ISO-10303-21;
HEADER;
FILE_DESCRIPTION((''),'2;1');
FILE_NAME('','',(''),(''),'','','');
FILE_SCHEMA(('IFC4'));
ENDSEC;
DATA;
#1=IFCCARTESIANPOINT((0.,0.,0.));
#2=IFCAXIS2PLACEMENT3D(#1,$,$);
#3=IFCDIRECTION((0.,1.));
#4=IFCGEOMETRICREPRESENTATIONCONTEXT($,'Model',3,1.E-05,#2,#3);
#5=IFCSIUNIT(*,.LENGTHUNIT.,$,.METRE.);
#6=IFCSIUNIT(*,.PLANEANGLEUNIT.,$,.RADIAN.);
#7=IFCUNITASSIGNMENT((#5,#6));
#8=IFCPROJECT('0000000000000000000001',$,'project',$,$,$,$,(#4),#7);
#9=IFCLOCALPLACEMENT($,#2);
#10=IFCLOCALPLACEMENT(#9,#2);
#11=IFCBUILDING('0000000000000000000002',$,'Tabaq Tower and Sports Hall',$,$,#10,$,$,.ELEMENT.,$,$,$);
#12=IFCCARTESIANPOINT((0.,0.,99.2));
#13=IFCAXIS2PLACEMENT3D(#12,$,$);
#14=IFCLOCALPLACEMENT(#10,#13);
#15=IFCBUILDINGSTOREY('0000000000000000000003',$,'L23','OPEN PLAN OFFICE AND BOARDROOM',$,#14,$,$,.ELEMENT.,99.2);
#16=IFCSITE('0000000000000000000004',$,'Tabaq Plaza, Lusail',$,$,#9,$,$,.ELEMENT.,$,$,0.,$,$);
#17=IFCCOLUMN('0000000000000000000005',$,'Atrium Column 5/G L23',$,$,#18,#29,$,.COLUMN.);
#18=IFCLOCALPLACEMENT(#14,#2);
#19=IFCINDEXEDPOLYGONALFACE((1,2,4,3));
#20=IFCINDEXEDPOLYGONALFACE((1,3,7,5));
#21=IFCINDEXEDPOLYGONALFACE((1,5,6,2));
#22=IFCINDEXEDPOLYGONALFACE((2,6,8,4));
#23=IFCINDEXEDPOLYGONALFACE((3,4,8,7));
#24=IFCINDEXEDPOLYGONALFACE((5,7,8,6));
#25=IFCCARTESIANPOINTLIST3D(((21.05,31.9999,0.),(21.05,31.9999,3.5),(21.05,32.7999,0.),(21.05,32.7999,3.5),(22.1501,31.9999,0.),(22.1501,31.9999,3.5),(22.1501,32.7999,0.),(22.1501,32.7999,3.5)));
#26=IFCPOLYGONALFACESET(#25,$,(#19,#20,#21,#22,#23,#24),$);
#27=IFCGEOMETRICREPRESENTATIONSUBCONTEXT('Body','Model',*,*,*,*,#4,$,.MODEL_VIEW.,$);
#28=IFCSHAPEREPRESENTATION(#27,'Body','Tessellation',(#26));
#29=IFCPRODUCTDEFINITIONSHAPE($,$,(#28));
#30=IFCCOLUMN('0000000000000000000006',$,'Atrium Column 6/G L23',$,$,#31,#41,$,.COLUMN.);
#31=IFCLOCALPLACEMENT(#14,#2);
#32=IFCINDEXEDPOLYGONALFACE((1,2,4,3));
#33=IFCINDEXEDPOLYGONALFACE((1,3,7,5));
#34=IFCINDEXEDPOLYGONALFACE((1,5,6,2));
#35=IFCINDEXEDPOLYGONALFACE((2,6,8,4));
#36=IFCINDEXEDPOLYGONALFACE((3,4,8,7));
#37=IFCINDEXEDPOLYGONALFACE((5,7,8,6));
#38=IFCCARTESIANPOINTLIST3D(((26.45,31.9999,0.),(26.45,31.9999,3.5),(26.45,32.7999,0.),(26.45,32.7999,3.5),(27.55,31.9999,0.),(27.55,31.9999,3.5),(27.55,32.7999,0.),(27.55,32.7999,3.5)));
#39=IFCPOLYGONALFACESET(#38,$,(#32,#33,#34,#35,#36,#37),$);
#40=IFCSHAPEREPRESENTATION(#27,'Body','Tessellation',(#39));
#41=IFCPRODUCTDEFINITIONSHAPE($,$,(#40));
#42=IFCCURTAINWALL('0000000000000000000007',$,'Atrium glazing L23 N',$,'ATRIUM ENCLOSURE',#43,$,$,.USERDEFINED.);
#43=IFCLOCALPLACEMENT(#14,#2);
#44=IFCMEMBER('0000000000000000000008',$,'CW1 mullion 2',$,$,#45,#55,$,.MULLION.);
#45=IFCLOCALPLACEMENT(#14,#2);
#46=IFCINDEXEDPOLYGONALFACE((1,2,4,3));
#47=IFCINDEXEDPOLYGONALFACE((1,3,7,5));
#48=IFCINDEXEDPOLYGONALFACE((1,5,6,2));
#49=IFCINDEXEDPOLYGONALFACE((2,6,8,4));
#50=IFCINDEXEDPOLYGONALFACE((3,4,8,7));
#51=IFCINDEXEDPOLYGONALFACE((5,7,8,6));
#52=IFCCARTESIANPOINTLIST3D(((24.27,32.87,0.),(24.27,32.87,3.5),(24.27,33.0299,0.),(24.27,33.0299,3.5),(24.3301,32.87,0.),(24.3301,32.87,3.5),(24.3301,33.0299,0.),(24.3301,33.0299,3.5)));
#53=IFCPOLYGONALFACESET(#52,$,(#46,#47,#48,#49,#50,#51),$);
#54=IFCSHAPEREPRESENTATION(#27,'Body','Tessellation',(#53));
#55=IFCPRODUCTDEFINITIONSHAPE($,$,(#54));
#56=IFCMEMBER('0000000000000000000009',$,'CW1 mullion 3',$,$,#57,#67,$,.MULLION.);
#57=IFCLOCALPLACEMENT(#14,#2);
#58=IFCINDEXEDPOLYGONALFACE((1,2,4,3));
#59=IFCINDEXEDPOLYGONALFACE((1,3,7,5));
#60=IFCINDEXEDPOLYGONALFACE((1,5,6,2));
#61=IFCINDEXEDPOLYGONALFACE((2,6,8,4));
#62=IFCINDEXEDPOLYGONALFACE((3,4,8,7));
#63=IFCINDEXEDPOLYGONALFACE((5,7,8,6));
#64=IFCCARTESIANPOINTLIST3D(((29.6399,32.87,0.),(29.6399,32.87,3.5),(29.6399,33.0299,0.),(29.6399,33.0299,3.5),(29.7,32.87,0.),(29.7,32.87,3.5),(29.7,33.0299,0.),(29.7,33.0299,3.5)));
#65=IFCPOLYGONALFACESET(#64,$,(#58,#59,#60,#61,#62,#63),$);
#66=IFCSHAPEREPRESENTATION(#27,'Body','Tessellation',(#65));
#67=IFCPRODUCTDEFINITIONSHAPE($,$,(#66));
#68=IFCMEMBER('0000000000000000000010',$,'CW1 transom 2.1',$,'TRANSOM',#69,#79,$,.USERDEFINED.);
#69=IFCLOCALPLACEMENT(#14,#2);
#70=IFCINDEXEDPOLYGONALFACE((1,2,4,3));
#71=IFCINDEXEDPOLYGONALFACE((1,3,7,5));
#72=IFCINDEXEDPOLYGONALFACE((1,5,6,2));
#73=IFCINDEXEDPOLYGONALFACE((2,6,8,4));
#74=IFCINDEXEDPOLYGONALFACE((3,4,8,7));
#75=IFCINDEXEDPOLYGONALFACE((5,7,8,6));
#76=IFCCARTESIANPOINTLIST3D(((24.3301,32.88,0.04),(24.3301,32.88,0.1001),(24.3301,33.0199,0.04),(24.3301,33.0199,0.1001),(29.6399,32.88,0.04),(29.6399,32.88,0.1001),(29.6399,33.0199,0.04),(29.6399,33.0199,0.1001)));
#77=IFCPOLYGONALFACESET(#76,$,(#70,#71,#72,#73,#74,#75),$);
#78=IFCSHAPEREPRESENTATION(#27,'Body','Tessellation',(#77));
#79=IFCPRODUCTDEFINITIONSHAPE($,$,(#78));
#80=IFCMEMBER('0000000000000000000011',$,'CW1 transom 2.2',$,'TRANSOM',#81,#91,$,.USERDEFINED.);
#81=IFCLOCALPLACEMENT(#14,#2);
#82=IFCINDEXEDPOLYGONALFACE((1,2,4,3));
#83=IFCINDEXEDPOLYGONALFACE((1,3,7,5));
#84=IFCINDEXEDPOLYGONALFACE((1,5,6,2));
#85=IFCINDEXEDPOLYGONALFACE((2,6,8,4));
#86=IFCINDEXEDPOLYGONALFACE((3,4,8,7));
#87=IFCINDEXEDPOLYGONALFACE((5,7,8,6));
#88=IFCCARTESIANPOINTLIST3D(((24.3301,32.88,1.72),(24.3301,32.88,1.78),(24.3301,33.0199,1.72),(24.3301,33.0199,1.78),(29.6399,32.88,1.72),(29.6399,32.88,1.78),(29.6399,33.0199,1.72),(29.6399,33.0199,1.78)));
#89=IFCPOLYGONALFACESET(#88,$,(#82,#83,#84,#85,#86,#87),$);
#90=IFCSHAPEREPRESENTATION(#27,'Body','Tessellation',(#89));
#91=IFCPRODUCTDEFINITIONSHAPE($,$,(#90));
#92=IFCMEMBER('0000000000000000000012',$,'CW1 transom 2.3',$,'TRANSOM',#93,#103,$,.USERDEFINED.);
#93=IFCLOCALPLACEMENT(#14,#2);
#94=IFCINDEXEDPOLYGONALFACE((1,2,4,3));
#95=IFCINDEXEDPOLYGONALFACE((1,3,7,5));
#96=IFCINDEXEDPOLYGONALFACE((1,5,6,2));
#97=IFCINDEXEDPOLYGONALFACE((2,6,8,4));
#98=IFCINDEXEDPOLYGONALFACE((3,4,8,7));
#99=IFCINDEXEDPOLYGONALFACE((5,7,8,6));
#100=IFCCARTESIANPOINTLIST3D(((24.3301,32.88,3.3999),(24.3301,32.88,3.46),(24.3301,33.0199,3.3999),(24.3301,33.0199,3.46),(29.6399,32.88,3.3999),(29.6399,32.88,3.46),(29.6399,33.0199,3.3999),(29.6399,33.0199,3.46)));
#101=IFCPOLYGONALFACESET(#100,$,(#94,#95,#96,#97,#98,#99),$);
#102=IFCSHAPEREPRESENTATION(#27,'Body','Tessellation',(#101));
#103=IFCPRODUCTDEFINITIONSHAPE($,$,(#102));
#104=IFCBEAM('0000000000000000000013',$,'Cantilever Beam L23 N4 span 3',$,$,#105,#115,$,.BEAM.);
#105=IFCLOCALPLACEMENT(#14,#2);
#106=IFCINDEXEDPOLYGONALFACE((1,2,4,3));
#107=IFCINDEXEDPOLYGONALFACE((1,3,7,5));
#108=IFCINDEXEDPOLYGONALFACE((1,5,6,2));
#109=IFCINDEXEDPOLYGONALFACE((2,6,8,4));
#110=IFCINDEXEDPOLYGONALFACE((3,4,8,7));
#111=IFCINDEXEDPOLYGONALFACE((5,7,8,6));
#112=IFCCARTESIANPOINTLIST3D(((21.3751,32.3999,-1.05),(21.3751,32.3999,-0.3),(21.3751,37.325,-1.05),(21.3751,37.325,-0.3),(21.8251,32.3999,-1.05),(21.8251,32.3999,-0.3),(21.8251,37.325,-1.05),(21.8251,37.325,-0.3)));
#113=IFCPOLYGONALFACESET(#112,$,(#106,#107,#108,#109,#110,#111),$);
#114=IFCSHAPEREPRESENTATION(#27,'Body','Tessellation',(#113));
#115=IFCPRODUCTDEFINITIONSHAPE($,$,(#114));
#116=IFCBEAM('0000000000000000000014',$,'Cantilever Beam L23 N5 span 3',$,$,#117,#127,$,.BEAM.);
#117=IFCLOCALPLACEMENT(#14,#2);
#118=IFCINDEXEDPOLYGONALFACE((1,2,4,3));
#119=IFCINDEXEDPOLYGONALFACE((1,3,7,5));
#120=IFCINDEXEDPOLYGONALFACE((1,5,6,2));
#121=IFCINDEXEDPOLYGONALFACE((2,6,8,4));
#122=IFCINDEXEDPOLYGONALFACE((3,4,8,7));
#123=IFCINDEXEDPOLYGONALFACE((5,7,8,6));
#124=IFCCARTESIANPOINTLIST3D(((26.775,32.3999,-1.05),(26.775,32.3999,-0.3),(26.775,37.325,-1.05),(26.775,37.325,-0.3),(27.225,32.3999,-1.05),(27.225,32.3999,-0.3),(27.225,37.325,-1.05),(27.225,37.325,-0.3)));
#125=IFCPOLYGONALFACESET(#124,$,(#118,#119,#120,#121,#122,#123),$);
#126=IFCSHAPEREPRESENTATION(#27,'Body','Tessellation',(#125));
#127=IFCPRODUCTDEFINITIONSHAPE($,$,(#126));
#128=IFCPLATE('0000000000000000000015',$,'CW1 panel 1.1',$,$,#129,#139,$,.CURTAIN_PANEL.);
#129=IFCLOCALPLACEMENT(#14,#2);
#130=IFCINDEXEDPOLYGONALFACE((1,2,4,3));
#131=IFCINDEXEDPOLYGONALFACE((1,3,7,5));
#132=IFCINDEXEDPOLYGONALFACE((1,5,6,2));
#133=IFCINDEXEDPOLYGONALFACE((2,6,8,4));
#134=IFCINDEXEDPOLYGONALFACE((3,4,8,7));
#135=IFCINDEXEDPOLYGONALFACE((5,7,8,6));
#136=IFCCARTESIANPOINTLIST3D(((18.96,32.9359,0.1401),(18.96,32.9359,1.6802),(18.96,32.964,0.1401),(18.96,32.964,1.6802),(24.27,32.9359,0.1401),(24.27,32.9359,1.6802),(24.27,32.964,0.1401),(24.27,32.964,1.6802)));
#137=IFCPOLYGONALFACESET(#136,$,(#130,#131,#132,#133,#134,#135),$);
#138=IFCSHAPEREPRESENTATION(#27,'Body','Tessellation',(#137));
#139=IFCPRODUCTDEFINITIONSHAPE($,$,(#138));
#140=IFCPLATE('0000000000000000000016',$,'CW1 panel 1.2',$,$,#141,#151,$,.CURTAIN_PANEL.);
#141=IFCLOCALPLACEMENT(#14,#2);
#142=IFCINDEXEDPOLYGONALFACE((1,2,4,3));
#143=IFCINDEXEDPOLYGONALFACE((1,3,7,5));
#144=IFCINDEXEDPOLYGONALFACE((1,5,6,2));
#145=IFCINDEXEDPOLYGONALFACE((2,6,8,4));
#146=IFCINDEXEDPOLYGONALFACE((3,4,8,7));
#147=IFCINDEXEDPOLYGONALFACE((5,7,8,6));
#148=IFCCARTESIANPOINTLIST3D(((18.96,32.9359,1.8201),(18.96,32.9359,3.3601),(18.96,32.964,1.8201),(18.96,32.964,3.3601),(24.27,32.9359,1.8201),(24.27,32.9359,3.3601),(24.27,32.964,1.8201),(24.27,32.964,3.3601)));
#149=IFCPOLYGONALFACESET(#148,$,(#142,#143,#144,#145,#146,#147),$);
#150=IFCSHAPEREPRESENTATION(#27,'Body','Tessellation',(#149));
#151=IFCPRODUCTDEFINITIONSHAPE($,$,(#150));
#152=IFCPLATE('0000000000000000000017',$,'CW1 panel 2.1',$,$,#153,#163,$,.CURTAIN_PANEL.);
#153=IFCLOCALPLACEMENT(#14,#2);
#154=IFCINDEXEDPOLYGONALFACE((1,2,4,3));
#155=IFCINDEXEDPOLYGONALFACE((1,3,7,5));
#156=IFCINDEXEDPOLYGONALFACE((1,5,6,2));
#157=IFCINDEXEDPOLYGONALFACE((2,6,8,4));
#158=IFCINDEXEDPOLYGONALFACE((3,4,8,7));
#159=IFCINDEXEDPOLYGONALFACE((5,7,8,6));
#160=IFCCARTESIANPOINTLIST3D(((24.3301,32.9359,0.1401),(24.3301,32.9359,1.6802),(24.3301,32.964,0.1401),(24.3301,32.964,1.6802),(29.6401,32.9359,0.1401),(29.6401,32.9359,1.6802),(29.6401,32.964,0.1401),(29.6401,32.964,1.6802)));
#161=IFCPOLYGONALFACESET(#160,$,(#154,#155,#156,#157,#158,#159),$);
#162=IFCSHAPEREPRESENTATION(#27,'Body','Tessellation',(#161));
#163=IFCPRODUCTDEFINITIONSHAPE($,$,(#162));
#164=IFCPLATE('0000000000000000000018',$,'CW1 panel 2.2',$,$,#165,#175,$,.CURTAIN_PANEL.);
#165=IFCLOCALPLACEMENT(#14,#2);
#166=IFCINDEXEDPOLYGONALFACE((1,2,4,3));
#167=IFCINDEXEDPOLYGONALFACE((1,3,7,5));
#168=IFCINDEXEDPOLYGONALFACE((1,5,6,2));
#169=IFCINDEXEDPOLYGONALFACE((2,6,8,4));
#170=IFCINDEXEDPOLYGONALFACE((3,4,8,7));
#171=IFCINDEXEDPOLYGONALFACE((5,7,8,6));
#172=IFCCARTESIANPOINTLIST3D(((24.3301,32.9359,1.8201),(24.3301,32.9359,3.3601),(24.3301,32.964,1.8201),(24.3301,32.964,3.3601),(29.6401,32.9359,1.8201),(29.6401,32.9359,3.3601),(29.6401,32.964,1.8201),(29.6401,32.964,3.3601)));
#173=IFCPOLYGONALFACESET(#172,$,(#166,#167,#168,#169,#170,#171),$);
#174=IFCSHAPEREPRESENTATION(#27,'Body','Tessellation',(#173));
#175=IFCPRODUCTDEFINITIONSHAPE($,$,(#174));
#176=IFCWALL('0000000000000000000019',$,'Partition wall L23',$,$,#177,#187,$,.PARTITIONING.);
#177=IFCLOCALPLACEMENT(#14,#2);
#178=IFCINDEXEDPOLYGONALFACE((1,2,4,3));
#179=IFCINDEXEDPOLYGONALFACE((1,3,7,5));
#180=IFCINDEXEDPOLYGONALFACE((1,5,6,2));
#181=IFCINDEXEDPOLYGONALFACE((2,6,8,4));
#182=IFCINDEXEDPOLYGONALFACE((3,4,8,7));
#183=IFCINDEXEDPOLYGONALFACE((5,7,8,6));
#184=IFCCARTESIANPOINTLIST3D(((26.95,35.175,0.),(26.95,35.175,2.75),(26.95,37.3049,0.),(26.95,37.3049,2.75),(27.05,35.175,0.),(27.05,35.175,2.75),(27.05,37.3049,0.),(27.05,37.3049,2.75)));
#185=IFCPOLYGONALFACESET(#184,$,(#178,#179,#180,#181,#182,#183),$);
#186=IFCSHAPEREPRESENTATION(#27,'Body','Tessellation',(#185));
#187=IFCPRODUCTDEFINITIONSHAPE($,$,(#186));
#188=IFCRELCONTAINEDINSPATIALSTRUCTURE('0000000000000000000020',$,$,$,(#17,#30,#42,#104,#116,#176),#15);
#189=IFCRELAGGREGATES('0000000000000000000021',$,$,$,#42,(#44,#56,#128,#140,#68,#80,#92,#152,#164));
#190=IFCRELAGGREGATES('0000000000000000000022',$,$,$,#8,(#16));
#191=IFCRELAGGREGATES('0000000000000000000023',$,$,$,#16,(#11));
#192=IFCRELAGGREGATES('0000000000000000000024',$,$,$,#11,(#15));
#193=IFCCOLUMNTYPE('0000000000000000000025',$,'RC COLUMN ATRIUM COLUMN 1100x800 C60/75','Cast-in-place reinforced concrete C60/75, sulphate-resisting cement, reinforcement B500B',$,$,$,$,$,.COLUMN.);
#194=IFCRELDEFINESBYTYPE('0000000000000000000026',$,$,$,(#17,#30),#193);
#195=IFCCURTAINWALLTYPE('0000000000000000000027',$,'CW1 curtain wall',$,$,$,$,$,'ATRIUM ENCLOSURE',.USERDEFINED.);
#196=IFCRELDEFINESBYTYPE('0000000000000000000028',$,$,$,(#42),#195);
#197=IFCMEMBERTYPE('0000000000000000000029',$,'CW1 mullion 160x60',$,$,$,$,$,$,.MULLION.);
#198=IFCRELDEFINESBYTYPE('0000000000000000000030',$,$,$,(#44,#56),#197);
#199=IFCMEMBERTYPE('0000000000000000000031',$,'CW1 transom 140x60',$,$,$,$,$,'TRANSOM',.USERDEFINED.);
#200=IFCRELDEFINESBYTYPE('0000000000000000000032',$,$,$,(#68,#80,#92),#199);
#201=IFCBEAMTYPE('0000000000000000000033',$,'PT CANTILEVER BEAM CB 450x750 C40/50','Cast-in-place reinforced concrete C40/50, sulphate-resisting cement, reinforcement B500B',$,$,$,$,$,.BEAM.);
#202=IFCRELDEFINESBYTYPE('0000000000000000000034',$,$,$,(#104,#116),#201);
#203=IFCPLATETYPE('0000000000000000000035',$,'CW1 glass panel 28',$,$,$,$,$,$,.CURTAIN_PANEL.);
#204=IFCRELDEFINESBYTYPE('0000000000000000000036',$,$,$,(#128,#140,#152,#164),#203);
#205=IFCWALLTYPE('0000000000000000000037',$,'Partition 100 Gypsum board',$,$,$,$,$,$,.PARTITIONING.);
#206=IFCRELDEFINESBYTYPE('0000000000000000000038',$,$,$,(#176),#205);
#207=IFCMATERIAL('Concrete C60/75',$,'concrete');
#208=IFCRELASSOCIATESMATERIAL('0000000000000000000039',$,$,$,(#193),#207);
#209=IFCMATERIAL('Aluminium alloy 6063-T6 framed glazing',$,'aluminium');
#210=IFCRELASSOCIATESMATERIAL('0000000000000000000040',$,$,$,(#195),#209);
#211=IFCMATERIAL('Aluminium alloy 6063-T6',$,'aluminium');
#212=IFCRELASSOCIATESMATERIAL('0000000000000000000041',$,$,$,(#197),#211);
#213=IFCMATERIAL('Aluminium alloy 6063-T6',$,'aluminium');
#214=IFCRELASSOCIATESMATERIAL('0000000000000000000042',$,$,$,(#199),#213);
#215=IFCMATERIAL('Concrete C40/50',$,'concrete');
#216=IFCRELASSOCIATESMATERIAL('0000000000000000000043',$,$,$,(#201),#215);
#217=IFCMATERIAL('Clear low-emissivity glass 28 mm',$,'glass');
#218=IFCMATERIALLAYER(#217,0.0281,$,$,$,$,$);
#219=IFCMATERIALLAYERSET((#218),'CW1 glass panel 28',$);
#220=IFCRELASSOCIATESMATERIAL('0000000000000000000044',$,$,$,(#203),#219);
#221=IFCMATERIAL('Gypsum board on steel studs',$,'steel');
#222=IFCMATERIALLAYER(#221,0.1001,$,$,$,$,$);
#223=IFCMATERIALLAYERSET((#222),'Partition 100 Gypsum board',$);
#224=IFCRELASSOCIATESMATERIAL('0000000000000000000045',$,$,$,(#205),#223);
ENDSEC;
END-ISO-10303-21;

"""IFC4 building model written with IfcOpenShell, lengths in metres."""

from ifc_helpers import new_model, si_unit, direction, frame, frame_2d, origin, origin_2d, place, context, subcontext, project, spatial, rectangle, extrude, material, layer, layer_set, material_profile, profile_set, type_object, element, aggregate, save


model = new_model("IFC4")

# Units and contexts
model_context = context("Model", 3, precision=1e-05, world=origin(), true_north=direction((0.0, 1.0)))
body_context = subcontext(model_context, "Body", "Model", "MODEL_VIEW")
ifc_project = project(units=[si_unit("LENGTHUNIT", "METRE"), si_unit("PLANEANGLEUNIT", "RADIAN")], contexts=[model_context])

# Site, building, storey
site_placement = place(None, origin())
site = spatial("IfcSite", under=ifc_project, at=site_placement, Name="Tabaq Plaza, Lusail", CompositionType="ELEMENT", RefElevation=0.0)
building_placement = place(site_placement, origin())
building = spatial("IfcBuilding", under=site, at=building_placement, Name="Tabaq Tower and Sports Hall", CompositionType="ELEMENT")
storey_placement = place(building_placement, frame((0.0, 0.0, 99.2)))
storey = spatial("IfcBuildingStorey", under=building, at=storey_placement, Name="L23", Description="OPEN PLAN OFFICE AND BOARDROOM", CompositionType="ELEMENT", Elevation=99.2)

# Columns
ifc_material_1 = material(Name="Concrete C60/75", Category="concrete")
ifc_material_profile_1 = material_profile(ifc_material_1, rectangle(XDim=1.1001, YDim=0.8, at=origin_2d()), Name="ATRIUM COLUMN 1100x800")
ifc_profile_set_1 = profile_set([ifc_material_profile_1], Name="Concrete C60/75")
column_type = type_object("IfcColumnType", Name="RC COLUMN ATRIUM COLUMN 1100x800 C60/75", Description="Cast-in-place reinforced concrete C60/75, sulphate-resisting cement, reinforcement B500B", PredefinedType="COLUMN", material=ifc_profile_set_1)
for number, where, z_axis, x_axis, name in (
    (1, (21.6001, 32.3999, 0.0), (0.0, 0.0, 1.0), (1.0, 0.0, 0.0), "Atrium Column 5/G L23"),
    (2, (27.0, 32.3999, 0.0), (0.0, 0.0, 1.0), (1.0, 0.0, 0.0), "Atrium Column 6/G L23"),
):
    element("IfcColumn", number, at=place(storey_placement, frame(where, z_axis=z_axis, x_axis=x_axis)), inside=storey, type_object=column_type, Name=name, PredefinedType="COLUMN", context=body_context, shape_type="SweptSolid", body=[
        extrude(rectangle(XDim=1.1001, YDim=0.8, at=origin_2d()), origin(), (0.0, 0.0, 1.0), 3.5),
    ])

# Curtain wall, members
ifc_material_2 = material(Name="Aluminium alloy 6063-T6 framed glazing", Category="aluminium")
curtain_wall_type = type_object("IfcCurtainWallType", Name="CW1 curtain wall", ElementType="ATRIUM ENCLOSURE", PredefinedType="USERDEFINED", material=ifc_material_2)
curtain_wall_placement = place(storey_placement, origin())
curtain_wall = element("IfcCurtainWall", 3, at=curtain_wall_placement, inside=storey, type_object=curtain_wall_type, Name="Atrium glazing L23 N", ObjectType="ATRIUM ENCLOSURE", PredefinedType="USERDEFINED")
ifc_material_3 = material(Name="Aluminium alloy 6063-T6", Category="aluminium")
ifc_material_profile_2 = material_profile(ifc_material_3, rectangle(XDim=0.1599, YDim=0.0601, at=origin_2d()), Name="MULLION 160x60")
ifc_profile_set_2 = profile_set([ifc_material_profile_2], Name="Aluminium alloy 6063-T6")
member_type_1 = type_object("IfcMemberType", Name="CW1 mullion 160x60", PredefinedType="MULLION", material=ifc_profile_set_2)
member_1_placement = place(storey_placement, frame((24.3, 32.95, 0.0), z_axis=(0.0, 0.0, 1.0), x_axis=(0.0, 1.0, 0.0)))
member_1 = element("IfcMember", 4, at=member_1_placement, type_object=member_type_1, Name="CW1 mullion 2", PredefinedType="MULLION", context=body_context, shape_type="SweptSolid", body=[
    extrude(rectangle(XDim=0.1599, YDim=0.0601, at=origin_2d()), origin(), (0.0, 0.0, 1.0), 3.5),
])
member_2_placement = place(storey_placement, frame((29.6699, 32.95, 0.0), z_axis=(0.0, 0.0, 1.0), x_axis=(0.0, 1.0, 0.0)))
member_2 = element("IfcMember", 5, at=member_2_placement, type_object=member_type_1, Name="CW1 mullion 3", PredefinedType="MULLION", context=body_context, shape_type="SweptSolid", body=[
    extrude(rectangle(XDim=0.1599, YDim=0.0601, at=origin_2d()), origin(), (0.0, 0.0, 1.0), 3.5),
])
ifc_material_4 = material(Name="Aluminium alloy 6063-T6", Category="aluminium")
ifc_material_profile_3 = material_profile(ifc_material_4, rectangle(XDim=0.1399, YDim=0.0601, at=origin_2d()), Name="TRANSOM 140x60")
ifc_profile_set_3 = profile_set([ifc_material_profile_3], Name="Aluminium alloy 6063-T6")
member_type_2 = type_object("IfcMemberType", Name="CW1 transom 140x60", ElementType="TRANSOM", PredefinedType="USERDEFINED", material=ifc_profile_set_3)
member_3_placement = place(storey_placement, frame((24.3301, 32.95, 0.0701), z_axis=(1.0, 0.0, 0.0), x_axis=(0.0, 1.0, 0.0)))
member_3 = element("IfcMember", 6, at=member_3_placement, type_object=member_type_2, Name="CW1 transom 2.1", ObjectType="TRANSOM", PredefinedType="USERDEFINED", context=body_context, shape_type="SweptSolid", body=[
    extrude(rectangle(XDim=0.1399, YDim=0.0601, at=origin_2d()), origin(), (0.0, 0.0, 1.0), 5.3098),
])
member_4_placement = place(storey_placement, frame((24.3301, 32.95, 1.75), z_axis=(1.0, 0.0, 0.0), x_axis=(0.0, 1.0, 0.0)))
member_4 = element("IfcMember", 7, at=member_4_placement, type_object=member_type_2, Name="CW1 transom 2.2", ObjectType="TRANSOM", PredefinedType="USERDEFINED", context=body_context, shape_type="SweptSolid", body=[
    extrude(rectangle(XDim=0.1399, YDim=0.0601, at=origin_2d()), origin(), (0.0, 0.0, 1.0), 5.3098),
])
member_5_placement = place(storey_placement, frame((24.3301, 32.95, 3.4299), z_axis=(1.0, 0.0, 0.0), x_axis=(0.0, 1.0, 0.0)))
member_5 = element("IfcMember", 8, at=member_5_placement, type_object=member_type_2, Name="CW1 transom 2.3", ObjectType="TRANSOM", PredefinedType="USERDEFINED", context=body_context, shape_type="SweptSolid", body=[
    extrude(rectangle(XDim=0.1399, YDim=0.0601, at=origin_2d()), origin(), (0.0, 0.0, 1.0), 5.3098),
])

# Beams
ifc_material_5 = material(Name="Concrete C40/50", Category="concrete")
ifc_material_profile_4 = material_profile(ifc_material_5, rectangle(XDim=0.45, YDim=0.75, at=origin_2d()), Name="CB 450x750")
ifc_profile_set_4 = profile_set([ifc_material_profile_4], Name="Concrete C40/50")
beam_type = type_object("IfcBeamType", Name="PT CANTILEVER BEAM CB 450x750 C40/50", Description="Cast-in-place reinforced concrete C40/50, sulphate-resisting cement, reinforcement B500B", PredefinedType="BEAM", material=ifc_profile_set_4)
for number, where, z_axis, x_axis, name in (
    (9, (21.6001, 37.325, -0.675), (0.0, -1.0, 0.0), (1.0, 0.0, 0.0), "Cantilever Beam L23 N4 span 3"),
    (10, (27.0, 37.325, -0.675), (0.0, -1.0, 0.0), (1.0, 0.0, 0.0), "Cantilever Beam L23 N5 span 3"),
):
    element("IfcBeam", number, at=place(storey_placement, frame(where, z_axis=z_axis, x_axis=x_axis)), inside=storey, type_object=beam_type, Name=name, PredefinedType="BEAM", context=body_context, shape_type="SweptSolid", body=[
        extrude(rectangle(XDim=0.45, YDim=0.75, at=origin_2d()), origin(), (0.0, 0.0, 1.0), 4.925),
    ])

# Plates
ifc_material_6 = material(Name="Clear low-emissivity glass 28 mm", Category="glass")
ifc_layer_1 = layer(ifc_material_6, 0.0281)
ifc_layer_set_1 = layer_set([ifc_layer_1], Name="CW1 glass panel 28")
plate_type = type_object("IfcPlateType", Name="CW1 glass panel 28", PredefinedType="CURTAIN_PANEL", material=ifc_layer_set_1)
plate_1_placement = place(storey_placement, frame((21.615, 32.95, 0.1401), z_axis=(0.0, 0.0, 1.0), x_axis=(1.0, 0.0, 0.0)))
plate_1 = element("IfcPlate", 11, at=plate_1_placement, type_object=plate_type, Name="CW1 panel 1.1", PredefinedType="CURTAIN_PANEL", context=body_context, shape_type="SweptSolid", body=[
    extrude(rectangle(XDim=5.3101, YDim=0.0281, at=origin_2d()), origin(), (0.0, 0.0, 1.0), 1.54),
])
plate_2_placement = place(storey_placement, frame((21.615, 32.95, 1.8201), z_axis=(0.0, 0.0, 1.0), x_axis=(1.0, 0.0, 0.0)))
plate_2 = element("IfcPlate", 12, at=plate_2_placement, type_object=plate_type, Name="CW1 panel 1.2", PredefinedType="CURTAIN_PANEL", context=body_context, shape_type="SweptSolid", body=[
    extrude(rectangle(XDim=5.3101, YDim=0.0281, at=origin_2d()), origin(), (0.0, 0.0, 1.0), 1.54),
])
plate_3_placement = place(storey_placement, frame((26.9851, 32.95, 0.1401), z_axis=(0.0, 0.0, 1.0), x_axis=(1.0, 0.0, 0.0)))
plate_3 = element("IfcPlate", 13, at=plate_3_placement, type_object=plate_type, Name="CW1 panel 2.1", PredefinedType="CURTAIN_PANEL", context=body_context, shape_type="SweptSolid", body=[
    extrude(rectangle(XDim=5.3101, YDim=0.0281, at=origin_2d()), origin(), (0.0, 0.0, 1.0), 1.54),
])
plate_4_placement = place(storey_placement, frame((26.9851, 32.95, 1.8201), z_axis=(0.0, 0.0, 1.0), x_axis=(1.0, 0.0, 0.0)))
plate_4 = element("IfcPlate", 14, at=plate_4_placement, type_object=plate_type, Name="CW1 panel 2.2", PredefinedType="CURTAIN_PANEL", context=body_context, shape_type="SweptSolid", body=[
    extrude(rectangle(XDim=5.3101, YDim=0.0281, at=origin_2d()), origin(), (0.0, 0.0, 1.0), 1.54),
])
aggregate(curtain_wall, [member_1, member_2, plate_1, plate_2, member_3, member_4, member_5, plate_3, plate_4])

# Wall
ifc_material_7 = material(Name="Gypsum board on steel studs", Category="steel")
ifc_layer_2 = layer(ifc_material_7, 0.1001)
ifc_layer_set_2 = layer_set([ifc_layer_2], Name="Partition 100 Gypsum board")
wall_type_1 = type_object("IfcWallType", Name="Partition 100 Gypsum board", PredefinedType="PARTITIONING", material=ifc_layer_set_2)
wall_1_placement = place(storey_placement, frame((27.0, 35.175, 0.0), z_axis=(0.0, 0.0, 1.0), x_axis=(0.0, 1.0, 0.0)))
element("IfcWall", 15, at=wall_1_placement, inside=storey, type_object=wall_type_1, Name="Partition wall L23", PredefinedType="PARTITIONING", context=body_context, shape_type="SweptSolid", body=[
    extrude(rectangle(XDim=2.1299, YDim=0.1001, at=frame_2d((1.0649, 0.0))), origin(), (0.0, 0.0, 1.0), 2.75),
])

save(model, "model.ifc")
